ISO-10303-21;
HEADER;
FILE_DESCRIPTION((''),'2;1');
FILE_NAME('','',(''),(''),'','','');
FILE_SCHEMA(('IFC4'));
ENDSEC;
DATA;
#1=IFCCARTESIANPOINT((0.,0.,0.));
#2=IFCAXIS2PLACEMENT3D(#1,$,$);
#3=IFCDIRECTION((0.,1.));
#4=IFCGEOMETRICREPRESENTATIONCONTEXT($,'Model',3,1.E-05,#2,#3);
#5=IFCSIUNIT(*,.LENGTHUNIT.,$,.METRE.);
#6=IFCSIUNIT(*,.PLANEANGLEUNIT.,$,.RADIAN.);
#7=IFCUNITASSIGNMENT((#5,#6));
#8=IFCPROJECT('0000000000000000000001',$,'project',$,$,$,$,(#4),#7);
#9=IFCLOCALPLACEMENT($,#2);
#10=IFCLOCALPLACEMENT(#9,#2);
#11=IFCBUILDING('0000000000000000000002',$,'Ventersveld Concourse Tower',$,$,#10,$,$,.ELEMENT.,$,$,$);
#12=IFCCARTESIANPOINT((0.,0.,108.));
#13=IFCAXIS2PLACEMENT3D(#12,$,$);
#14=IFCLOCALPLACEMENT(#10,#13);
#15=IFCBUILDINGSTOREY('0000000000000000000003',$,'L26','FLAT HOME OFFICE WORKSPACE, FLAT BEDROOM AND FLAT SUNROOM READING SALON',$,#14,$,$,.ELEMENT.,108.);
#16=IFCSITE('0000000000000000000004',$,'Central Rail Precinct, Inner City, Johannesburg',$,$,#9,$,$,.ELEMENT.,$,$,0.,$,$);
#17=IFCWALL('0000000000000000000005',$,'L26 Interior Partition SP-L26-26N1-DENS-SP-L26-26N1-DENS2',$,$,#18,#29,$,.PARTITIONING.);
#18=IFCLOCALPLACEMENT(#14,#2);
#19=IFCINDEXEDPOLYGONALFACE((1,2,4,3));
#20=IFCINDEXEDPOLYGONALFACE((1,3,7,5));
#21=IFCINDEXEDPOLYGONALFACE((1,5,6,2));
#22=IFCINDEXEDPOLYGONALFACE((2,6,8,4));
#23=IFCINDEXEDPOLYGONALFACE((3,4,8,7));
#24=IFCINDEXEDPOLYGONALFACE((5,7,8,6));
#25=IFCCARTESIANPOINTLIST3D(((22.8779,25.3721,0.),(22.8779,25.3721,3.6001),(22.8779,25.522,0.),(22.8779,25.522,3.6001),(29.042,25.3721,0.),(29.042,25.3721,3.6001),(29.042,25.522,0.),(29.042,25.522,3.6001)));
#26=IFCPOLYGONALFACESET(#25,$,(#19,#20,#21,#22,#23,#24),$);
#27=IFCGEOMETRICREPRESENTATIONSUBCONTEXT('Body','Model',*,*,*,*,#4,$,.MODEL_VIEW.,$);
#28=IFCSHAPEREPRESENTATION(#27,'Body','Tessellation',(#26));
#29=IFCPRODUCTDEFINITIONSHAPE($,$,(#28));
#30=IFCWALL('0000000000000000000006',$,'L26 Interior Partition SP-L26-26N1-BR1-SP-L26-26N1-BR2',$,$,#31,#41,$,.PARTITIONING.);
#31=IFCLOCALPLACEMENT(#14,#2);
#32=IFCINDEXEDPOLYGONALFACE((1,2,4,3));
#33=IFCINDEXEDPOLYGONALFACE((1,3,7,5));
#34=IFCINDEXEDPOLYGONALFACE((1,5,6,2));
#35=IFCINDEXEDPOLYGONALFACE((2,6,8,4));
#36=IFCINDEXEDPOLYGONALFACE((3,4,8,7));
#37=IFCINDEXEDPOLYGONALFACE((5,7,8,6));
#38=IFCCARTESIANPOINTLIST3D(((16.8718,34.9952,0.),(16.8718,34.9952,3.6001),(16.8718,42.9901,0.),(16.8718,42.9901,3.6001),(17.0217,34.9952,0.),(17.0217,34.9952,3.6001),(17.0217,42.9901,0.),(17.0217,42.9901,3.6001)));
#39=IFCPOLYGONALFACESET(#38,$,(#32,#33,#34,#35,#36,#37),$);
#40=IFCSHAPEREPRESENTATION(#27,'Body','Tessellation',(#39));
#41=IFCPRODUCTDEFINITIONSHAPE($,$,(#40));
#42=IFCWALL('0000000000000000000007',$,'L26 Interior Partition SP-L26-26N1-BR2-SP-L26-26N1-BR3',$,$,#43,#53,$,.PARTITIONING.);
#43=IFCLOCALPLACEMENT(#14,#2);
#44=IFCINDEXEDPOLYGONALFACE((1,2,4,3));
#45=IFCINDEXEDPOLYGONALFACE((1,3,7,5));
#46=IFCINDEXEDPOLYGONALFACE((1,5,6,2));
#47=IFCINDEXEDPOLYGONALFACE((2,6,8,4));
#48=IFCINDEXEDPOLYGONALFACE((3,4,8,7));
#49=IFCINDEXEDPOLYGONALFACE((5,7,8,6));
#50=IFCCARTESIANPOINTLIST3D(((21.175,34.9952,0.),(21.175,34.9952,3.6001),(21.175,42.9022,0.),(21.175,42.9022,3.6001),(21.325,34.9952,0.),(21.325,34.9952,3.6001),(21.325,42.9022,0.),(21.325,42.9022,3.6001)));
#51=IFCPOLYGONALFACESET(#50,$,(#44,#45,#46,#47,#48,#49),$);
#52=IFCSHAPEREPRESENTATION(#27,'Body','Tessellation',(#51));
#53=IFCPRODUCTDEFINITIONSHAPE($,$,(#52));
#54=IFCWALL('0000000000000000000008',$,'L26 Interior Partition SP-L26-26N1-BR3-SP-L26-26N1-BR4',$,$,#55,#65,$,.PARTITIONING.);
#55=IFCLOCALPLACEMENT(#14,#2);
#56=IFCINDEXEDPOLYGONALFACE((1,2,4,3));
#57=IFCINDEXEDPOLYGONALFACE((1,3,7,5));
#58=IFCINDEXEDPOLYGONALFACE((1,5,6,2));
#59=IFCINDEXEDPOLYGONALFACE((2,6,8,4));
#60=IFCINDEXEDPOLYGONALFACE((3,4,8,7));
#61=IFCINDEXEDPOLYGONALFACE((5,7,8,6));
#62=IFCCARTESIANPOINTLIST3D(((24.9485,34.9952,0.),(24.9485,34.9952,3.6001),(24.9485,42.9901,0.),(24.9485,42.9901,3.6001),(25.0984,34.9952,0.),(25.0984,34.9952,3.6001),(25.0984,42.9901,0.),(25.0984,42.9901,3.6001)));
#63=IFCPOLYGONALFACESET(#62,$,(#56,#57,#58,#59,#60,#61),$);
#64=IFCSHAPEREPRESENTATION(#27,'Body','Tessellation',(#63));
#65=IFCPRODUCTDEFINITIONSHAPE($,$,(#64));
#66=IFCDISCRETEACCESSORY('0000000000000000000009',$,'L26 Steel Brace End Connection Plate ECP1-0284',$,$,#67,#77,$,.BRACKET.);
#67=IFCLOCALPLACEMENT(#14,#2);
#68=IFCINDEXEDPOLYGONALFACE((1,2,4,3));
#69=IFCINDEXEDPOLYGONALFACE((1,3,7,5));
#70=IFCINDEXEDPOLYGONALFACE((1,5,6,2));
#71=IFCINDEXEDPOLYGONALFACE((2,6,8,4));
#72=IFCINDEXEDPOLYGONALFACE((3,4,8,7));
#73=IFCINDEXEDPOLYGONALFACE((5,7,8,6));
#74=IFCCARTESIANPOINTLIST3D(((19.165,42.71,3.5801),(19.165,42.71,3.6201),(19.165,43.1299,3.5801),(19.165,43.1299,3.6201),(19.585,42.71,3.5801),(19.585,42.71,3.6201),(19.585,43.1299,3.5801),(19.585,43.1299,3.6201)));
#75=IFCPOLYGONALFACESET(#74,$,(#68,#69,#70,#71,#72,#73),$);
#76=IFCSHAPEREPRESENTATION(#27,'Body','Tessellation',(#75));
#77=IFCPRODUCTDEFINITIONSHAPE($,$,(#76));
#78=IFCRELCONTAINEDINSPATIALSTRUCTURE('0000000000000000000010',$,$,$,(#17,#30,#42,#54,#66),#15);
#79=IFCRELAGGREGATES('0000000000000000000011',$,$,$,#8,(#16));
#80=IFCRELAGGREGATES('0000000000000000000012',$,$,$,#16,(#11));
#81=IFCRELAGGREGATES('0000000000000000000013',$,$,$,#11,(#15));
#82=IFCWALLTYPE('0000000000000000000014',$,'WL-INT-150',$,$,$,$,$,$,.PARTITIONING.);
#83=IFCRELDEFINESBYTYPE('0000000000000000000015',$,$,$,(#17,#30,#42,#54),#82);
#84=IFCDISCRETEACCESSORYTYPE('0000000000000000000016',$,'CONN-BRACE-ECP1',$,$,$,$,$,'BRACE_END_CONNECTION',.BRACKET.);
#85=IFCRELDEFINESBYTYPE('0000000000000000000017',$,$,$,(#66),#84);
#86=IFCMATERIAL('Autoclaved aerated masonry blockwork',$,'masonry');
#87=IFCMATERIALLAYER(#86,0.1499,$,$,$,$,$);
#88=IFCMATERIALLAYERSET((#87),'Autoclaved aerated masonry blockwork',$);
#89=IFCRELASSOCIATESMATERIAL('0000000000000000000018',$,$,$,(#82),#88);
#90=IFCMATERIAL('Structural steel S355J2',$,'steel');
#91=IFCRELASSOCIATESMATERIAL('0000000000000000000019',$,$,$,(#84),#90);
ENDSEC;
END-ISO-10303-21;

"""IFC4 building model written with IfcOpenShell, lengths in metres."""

from ifc_helpers import new_model, si_unit, direction, frame, frame_2d, origin, origin_2d, place, context, subcontext, project, spatial, rectangle, extrude, material, layer, layer_set, type_object, element, save


model = new_model("IFC4")

# Units and contexts
model_context = context("Model", 3, precision=1e-05, world=origin(), true_north=direction((0.0, 1.0)))
body_context = subcontext(model_context, "Body", "Model", "MODEL_VIEW")
ifc_project = project(units=[si_unit("LENGTHUNIT", "METRE"), si_unit("PLANEANGLEUNIT", "RADIAN")], contexts=[model_context])

# Site, building, storey
site_placement = place(None, origin())
site = spatial("IfcSite", under=ifc_project, at=site_placement, Name="Central Rail Precinct, Inner City, Johannesburg", CompositionType="ELEMENT", RefElevation=0.0)
building_placement = place(site_placement, origin())
building = spatial("IfcBuilding", under=site, at=building_placement, Name="Ventersveld Concourse Tower", CompositionType="ELEMENT")
storey_placement = place(building_placement, frame((0.0, 0.0, 108.0)))
storey = spatial("IfcBuildingStorey", under=building, at=storey_placement, Name="L26", Description="FLAT HOME OFFICE WORKSPACE, FLAT BEDROOM AND FLAT SUNROOM READING SALON", CompositionType="ELEMENT", Elevation=108.0)

# Shared definitions
ifc_material_1 = material(Name="Structural steel S355J2", Category="steel")

# Shared definitions
ifc_material_2 = material(Name="Autoclaved aerated masonry blockwork", Category="masonry")
ifc_layer = layer(ifc_material_2, 0.1499)
ifc_layer_set = layer_set([ifc_layer], Name="Autoclaved aerated masonry blockwork")
wall_type = type_object("IfcWallType", Name="WL-INT-150", PredefinedType="PARTITIONING", material=ifc_layer_set)

# Walls
wall_1_placement = place(storey_placement, frame((22.8779, 25.447, 0.0), z_axis=(0.0, 0.0, 1.0), x_axis=(1.0, 0.0, 0.0)))
element("IfcWall", 1, at=wall_1_placement, inside=storey, type_object=wall_type, Name="L26 Interior Partition SP-L26-26N1-DENS-SP-L26-26N1-DENS2", PredefinedType="PARTITIONING", context=body_context, shape_type="SweptSolid", body=[
    extrude(rectangle(XDim=6.1641, YDim=0.1499, at=frame_2d((3.082, 0.0))), origin(), (0.0, 0.0, 1.0), 3.6001),
])
wall_2_placement = place(storey_placement, frame((16.9468, 34.9951, 0.0), z_axis=(0.0, 0.0, 1.0), x_axis=(0.0, 1.0, 0.0)))
element("IfcWall", 2, at=wall_2_placement, inside=storey, type_object=wall_type, Name="L26 Interior Partition SP-L26-26N1-BR1-SP-L26-26N1-BR2", PredefinedType="PARTITIONING", context=body_context, shape_type="SweptSolid", body=[
    extrude(rectangle(XDim=7.9949, YDim=0.1499, at=frame_2d((3.9976, 0.0))), origin(), (0.0, 0.0, 1.0), 3.6001),
])
wall_3_placement = place(storey_placement, frame((21.25, 34.9951, 0.0), z_axis=(0.0, 0.0, 1.0), x_axis=(0.0, 1.0, 0.0)))
element("IfcWall", 3, at=wall_3_placement, inside=storey, type_object=wall_type, Name="L26 Interior Partition SP-L26-26N1-BR2-SP-L26-26N1-BR3", PredefinedType="PARTITIONING", context=body_context, shape_type="SweptSolid", body=[
    extrude(rectangle(XDim=7.907, YDim=0.1499, at=frame_2d((3.9536, 0.0))), origin(), (0.0, 0.0, 1.0), 3.6001),
])
wall_4_placement = place(storey_placement, frame((25.0234, 34.9951, 0.0), z_axis=(0.0, 0.0, 1.0), x_axis=(0.0, 1.0, 0.0)))
element("IfcWall", 4, at=wall_4_placement, inside=storey, type_object=wall_type, Name="L26 Interior Partition SP-L26-26N1-BR3-SP-L26-26N1-BR4", PredefinedType="PARTITIONING", context=body_context, shape_type="SweptSolid", body=[
    extrude(rectangle(XDim=7.9949, YDim=0.1499, at=frame_2d((3.9976, 0.0))), origin(), (0.0, 0.0, 1.0), 3.6001),
])

# Discrete accessory
discrete_accessory_type = type_object("IfcDiscreteAccessoryType", Name="CONN-BRACE-ECP1", ElementType="BRACE_END_CONNECTION", PredefinedType="BRACKET", material=ifc_material_1)
discrete_accessory_placement = place(storey_placement, frame((19.375, 42.9199, 3.5801), z_axis=(0.0, 0.0, 1.0), x_axis=(1.0, 0.0, 0.0)))
element("IfcDiscreteAccessory", 5, at=discrete_accessory_placement, inside=storey, type_object=discrete_accessory_type, Name="L26 Steel Brace End Connection Plate ECP1-0284", PredefinedType="BRACKET", context=body_context, shape_type="SweptSolid", body=[
    extrude(rectangle(XDim=0.4199, YDim=0.4199, at=origin_2d()), origin(), (0.0, 0.0, 1.0), 0.04),
])

save(model, "model.ifc")
